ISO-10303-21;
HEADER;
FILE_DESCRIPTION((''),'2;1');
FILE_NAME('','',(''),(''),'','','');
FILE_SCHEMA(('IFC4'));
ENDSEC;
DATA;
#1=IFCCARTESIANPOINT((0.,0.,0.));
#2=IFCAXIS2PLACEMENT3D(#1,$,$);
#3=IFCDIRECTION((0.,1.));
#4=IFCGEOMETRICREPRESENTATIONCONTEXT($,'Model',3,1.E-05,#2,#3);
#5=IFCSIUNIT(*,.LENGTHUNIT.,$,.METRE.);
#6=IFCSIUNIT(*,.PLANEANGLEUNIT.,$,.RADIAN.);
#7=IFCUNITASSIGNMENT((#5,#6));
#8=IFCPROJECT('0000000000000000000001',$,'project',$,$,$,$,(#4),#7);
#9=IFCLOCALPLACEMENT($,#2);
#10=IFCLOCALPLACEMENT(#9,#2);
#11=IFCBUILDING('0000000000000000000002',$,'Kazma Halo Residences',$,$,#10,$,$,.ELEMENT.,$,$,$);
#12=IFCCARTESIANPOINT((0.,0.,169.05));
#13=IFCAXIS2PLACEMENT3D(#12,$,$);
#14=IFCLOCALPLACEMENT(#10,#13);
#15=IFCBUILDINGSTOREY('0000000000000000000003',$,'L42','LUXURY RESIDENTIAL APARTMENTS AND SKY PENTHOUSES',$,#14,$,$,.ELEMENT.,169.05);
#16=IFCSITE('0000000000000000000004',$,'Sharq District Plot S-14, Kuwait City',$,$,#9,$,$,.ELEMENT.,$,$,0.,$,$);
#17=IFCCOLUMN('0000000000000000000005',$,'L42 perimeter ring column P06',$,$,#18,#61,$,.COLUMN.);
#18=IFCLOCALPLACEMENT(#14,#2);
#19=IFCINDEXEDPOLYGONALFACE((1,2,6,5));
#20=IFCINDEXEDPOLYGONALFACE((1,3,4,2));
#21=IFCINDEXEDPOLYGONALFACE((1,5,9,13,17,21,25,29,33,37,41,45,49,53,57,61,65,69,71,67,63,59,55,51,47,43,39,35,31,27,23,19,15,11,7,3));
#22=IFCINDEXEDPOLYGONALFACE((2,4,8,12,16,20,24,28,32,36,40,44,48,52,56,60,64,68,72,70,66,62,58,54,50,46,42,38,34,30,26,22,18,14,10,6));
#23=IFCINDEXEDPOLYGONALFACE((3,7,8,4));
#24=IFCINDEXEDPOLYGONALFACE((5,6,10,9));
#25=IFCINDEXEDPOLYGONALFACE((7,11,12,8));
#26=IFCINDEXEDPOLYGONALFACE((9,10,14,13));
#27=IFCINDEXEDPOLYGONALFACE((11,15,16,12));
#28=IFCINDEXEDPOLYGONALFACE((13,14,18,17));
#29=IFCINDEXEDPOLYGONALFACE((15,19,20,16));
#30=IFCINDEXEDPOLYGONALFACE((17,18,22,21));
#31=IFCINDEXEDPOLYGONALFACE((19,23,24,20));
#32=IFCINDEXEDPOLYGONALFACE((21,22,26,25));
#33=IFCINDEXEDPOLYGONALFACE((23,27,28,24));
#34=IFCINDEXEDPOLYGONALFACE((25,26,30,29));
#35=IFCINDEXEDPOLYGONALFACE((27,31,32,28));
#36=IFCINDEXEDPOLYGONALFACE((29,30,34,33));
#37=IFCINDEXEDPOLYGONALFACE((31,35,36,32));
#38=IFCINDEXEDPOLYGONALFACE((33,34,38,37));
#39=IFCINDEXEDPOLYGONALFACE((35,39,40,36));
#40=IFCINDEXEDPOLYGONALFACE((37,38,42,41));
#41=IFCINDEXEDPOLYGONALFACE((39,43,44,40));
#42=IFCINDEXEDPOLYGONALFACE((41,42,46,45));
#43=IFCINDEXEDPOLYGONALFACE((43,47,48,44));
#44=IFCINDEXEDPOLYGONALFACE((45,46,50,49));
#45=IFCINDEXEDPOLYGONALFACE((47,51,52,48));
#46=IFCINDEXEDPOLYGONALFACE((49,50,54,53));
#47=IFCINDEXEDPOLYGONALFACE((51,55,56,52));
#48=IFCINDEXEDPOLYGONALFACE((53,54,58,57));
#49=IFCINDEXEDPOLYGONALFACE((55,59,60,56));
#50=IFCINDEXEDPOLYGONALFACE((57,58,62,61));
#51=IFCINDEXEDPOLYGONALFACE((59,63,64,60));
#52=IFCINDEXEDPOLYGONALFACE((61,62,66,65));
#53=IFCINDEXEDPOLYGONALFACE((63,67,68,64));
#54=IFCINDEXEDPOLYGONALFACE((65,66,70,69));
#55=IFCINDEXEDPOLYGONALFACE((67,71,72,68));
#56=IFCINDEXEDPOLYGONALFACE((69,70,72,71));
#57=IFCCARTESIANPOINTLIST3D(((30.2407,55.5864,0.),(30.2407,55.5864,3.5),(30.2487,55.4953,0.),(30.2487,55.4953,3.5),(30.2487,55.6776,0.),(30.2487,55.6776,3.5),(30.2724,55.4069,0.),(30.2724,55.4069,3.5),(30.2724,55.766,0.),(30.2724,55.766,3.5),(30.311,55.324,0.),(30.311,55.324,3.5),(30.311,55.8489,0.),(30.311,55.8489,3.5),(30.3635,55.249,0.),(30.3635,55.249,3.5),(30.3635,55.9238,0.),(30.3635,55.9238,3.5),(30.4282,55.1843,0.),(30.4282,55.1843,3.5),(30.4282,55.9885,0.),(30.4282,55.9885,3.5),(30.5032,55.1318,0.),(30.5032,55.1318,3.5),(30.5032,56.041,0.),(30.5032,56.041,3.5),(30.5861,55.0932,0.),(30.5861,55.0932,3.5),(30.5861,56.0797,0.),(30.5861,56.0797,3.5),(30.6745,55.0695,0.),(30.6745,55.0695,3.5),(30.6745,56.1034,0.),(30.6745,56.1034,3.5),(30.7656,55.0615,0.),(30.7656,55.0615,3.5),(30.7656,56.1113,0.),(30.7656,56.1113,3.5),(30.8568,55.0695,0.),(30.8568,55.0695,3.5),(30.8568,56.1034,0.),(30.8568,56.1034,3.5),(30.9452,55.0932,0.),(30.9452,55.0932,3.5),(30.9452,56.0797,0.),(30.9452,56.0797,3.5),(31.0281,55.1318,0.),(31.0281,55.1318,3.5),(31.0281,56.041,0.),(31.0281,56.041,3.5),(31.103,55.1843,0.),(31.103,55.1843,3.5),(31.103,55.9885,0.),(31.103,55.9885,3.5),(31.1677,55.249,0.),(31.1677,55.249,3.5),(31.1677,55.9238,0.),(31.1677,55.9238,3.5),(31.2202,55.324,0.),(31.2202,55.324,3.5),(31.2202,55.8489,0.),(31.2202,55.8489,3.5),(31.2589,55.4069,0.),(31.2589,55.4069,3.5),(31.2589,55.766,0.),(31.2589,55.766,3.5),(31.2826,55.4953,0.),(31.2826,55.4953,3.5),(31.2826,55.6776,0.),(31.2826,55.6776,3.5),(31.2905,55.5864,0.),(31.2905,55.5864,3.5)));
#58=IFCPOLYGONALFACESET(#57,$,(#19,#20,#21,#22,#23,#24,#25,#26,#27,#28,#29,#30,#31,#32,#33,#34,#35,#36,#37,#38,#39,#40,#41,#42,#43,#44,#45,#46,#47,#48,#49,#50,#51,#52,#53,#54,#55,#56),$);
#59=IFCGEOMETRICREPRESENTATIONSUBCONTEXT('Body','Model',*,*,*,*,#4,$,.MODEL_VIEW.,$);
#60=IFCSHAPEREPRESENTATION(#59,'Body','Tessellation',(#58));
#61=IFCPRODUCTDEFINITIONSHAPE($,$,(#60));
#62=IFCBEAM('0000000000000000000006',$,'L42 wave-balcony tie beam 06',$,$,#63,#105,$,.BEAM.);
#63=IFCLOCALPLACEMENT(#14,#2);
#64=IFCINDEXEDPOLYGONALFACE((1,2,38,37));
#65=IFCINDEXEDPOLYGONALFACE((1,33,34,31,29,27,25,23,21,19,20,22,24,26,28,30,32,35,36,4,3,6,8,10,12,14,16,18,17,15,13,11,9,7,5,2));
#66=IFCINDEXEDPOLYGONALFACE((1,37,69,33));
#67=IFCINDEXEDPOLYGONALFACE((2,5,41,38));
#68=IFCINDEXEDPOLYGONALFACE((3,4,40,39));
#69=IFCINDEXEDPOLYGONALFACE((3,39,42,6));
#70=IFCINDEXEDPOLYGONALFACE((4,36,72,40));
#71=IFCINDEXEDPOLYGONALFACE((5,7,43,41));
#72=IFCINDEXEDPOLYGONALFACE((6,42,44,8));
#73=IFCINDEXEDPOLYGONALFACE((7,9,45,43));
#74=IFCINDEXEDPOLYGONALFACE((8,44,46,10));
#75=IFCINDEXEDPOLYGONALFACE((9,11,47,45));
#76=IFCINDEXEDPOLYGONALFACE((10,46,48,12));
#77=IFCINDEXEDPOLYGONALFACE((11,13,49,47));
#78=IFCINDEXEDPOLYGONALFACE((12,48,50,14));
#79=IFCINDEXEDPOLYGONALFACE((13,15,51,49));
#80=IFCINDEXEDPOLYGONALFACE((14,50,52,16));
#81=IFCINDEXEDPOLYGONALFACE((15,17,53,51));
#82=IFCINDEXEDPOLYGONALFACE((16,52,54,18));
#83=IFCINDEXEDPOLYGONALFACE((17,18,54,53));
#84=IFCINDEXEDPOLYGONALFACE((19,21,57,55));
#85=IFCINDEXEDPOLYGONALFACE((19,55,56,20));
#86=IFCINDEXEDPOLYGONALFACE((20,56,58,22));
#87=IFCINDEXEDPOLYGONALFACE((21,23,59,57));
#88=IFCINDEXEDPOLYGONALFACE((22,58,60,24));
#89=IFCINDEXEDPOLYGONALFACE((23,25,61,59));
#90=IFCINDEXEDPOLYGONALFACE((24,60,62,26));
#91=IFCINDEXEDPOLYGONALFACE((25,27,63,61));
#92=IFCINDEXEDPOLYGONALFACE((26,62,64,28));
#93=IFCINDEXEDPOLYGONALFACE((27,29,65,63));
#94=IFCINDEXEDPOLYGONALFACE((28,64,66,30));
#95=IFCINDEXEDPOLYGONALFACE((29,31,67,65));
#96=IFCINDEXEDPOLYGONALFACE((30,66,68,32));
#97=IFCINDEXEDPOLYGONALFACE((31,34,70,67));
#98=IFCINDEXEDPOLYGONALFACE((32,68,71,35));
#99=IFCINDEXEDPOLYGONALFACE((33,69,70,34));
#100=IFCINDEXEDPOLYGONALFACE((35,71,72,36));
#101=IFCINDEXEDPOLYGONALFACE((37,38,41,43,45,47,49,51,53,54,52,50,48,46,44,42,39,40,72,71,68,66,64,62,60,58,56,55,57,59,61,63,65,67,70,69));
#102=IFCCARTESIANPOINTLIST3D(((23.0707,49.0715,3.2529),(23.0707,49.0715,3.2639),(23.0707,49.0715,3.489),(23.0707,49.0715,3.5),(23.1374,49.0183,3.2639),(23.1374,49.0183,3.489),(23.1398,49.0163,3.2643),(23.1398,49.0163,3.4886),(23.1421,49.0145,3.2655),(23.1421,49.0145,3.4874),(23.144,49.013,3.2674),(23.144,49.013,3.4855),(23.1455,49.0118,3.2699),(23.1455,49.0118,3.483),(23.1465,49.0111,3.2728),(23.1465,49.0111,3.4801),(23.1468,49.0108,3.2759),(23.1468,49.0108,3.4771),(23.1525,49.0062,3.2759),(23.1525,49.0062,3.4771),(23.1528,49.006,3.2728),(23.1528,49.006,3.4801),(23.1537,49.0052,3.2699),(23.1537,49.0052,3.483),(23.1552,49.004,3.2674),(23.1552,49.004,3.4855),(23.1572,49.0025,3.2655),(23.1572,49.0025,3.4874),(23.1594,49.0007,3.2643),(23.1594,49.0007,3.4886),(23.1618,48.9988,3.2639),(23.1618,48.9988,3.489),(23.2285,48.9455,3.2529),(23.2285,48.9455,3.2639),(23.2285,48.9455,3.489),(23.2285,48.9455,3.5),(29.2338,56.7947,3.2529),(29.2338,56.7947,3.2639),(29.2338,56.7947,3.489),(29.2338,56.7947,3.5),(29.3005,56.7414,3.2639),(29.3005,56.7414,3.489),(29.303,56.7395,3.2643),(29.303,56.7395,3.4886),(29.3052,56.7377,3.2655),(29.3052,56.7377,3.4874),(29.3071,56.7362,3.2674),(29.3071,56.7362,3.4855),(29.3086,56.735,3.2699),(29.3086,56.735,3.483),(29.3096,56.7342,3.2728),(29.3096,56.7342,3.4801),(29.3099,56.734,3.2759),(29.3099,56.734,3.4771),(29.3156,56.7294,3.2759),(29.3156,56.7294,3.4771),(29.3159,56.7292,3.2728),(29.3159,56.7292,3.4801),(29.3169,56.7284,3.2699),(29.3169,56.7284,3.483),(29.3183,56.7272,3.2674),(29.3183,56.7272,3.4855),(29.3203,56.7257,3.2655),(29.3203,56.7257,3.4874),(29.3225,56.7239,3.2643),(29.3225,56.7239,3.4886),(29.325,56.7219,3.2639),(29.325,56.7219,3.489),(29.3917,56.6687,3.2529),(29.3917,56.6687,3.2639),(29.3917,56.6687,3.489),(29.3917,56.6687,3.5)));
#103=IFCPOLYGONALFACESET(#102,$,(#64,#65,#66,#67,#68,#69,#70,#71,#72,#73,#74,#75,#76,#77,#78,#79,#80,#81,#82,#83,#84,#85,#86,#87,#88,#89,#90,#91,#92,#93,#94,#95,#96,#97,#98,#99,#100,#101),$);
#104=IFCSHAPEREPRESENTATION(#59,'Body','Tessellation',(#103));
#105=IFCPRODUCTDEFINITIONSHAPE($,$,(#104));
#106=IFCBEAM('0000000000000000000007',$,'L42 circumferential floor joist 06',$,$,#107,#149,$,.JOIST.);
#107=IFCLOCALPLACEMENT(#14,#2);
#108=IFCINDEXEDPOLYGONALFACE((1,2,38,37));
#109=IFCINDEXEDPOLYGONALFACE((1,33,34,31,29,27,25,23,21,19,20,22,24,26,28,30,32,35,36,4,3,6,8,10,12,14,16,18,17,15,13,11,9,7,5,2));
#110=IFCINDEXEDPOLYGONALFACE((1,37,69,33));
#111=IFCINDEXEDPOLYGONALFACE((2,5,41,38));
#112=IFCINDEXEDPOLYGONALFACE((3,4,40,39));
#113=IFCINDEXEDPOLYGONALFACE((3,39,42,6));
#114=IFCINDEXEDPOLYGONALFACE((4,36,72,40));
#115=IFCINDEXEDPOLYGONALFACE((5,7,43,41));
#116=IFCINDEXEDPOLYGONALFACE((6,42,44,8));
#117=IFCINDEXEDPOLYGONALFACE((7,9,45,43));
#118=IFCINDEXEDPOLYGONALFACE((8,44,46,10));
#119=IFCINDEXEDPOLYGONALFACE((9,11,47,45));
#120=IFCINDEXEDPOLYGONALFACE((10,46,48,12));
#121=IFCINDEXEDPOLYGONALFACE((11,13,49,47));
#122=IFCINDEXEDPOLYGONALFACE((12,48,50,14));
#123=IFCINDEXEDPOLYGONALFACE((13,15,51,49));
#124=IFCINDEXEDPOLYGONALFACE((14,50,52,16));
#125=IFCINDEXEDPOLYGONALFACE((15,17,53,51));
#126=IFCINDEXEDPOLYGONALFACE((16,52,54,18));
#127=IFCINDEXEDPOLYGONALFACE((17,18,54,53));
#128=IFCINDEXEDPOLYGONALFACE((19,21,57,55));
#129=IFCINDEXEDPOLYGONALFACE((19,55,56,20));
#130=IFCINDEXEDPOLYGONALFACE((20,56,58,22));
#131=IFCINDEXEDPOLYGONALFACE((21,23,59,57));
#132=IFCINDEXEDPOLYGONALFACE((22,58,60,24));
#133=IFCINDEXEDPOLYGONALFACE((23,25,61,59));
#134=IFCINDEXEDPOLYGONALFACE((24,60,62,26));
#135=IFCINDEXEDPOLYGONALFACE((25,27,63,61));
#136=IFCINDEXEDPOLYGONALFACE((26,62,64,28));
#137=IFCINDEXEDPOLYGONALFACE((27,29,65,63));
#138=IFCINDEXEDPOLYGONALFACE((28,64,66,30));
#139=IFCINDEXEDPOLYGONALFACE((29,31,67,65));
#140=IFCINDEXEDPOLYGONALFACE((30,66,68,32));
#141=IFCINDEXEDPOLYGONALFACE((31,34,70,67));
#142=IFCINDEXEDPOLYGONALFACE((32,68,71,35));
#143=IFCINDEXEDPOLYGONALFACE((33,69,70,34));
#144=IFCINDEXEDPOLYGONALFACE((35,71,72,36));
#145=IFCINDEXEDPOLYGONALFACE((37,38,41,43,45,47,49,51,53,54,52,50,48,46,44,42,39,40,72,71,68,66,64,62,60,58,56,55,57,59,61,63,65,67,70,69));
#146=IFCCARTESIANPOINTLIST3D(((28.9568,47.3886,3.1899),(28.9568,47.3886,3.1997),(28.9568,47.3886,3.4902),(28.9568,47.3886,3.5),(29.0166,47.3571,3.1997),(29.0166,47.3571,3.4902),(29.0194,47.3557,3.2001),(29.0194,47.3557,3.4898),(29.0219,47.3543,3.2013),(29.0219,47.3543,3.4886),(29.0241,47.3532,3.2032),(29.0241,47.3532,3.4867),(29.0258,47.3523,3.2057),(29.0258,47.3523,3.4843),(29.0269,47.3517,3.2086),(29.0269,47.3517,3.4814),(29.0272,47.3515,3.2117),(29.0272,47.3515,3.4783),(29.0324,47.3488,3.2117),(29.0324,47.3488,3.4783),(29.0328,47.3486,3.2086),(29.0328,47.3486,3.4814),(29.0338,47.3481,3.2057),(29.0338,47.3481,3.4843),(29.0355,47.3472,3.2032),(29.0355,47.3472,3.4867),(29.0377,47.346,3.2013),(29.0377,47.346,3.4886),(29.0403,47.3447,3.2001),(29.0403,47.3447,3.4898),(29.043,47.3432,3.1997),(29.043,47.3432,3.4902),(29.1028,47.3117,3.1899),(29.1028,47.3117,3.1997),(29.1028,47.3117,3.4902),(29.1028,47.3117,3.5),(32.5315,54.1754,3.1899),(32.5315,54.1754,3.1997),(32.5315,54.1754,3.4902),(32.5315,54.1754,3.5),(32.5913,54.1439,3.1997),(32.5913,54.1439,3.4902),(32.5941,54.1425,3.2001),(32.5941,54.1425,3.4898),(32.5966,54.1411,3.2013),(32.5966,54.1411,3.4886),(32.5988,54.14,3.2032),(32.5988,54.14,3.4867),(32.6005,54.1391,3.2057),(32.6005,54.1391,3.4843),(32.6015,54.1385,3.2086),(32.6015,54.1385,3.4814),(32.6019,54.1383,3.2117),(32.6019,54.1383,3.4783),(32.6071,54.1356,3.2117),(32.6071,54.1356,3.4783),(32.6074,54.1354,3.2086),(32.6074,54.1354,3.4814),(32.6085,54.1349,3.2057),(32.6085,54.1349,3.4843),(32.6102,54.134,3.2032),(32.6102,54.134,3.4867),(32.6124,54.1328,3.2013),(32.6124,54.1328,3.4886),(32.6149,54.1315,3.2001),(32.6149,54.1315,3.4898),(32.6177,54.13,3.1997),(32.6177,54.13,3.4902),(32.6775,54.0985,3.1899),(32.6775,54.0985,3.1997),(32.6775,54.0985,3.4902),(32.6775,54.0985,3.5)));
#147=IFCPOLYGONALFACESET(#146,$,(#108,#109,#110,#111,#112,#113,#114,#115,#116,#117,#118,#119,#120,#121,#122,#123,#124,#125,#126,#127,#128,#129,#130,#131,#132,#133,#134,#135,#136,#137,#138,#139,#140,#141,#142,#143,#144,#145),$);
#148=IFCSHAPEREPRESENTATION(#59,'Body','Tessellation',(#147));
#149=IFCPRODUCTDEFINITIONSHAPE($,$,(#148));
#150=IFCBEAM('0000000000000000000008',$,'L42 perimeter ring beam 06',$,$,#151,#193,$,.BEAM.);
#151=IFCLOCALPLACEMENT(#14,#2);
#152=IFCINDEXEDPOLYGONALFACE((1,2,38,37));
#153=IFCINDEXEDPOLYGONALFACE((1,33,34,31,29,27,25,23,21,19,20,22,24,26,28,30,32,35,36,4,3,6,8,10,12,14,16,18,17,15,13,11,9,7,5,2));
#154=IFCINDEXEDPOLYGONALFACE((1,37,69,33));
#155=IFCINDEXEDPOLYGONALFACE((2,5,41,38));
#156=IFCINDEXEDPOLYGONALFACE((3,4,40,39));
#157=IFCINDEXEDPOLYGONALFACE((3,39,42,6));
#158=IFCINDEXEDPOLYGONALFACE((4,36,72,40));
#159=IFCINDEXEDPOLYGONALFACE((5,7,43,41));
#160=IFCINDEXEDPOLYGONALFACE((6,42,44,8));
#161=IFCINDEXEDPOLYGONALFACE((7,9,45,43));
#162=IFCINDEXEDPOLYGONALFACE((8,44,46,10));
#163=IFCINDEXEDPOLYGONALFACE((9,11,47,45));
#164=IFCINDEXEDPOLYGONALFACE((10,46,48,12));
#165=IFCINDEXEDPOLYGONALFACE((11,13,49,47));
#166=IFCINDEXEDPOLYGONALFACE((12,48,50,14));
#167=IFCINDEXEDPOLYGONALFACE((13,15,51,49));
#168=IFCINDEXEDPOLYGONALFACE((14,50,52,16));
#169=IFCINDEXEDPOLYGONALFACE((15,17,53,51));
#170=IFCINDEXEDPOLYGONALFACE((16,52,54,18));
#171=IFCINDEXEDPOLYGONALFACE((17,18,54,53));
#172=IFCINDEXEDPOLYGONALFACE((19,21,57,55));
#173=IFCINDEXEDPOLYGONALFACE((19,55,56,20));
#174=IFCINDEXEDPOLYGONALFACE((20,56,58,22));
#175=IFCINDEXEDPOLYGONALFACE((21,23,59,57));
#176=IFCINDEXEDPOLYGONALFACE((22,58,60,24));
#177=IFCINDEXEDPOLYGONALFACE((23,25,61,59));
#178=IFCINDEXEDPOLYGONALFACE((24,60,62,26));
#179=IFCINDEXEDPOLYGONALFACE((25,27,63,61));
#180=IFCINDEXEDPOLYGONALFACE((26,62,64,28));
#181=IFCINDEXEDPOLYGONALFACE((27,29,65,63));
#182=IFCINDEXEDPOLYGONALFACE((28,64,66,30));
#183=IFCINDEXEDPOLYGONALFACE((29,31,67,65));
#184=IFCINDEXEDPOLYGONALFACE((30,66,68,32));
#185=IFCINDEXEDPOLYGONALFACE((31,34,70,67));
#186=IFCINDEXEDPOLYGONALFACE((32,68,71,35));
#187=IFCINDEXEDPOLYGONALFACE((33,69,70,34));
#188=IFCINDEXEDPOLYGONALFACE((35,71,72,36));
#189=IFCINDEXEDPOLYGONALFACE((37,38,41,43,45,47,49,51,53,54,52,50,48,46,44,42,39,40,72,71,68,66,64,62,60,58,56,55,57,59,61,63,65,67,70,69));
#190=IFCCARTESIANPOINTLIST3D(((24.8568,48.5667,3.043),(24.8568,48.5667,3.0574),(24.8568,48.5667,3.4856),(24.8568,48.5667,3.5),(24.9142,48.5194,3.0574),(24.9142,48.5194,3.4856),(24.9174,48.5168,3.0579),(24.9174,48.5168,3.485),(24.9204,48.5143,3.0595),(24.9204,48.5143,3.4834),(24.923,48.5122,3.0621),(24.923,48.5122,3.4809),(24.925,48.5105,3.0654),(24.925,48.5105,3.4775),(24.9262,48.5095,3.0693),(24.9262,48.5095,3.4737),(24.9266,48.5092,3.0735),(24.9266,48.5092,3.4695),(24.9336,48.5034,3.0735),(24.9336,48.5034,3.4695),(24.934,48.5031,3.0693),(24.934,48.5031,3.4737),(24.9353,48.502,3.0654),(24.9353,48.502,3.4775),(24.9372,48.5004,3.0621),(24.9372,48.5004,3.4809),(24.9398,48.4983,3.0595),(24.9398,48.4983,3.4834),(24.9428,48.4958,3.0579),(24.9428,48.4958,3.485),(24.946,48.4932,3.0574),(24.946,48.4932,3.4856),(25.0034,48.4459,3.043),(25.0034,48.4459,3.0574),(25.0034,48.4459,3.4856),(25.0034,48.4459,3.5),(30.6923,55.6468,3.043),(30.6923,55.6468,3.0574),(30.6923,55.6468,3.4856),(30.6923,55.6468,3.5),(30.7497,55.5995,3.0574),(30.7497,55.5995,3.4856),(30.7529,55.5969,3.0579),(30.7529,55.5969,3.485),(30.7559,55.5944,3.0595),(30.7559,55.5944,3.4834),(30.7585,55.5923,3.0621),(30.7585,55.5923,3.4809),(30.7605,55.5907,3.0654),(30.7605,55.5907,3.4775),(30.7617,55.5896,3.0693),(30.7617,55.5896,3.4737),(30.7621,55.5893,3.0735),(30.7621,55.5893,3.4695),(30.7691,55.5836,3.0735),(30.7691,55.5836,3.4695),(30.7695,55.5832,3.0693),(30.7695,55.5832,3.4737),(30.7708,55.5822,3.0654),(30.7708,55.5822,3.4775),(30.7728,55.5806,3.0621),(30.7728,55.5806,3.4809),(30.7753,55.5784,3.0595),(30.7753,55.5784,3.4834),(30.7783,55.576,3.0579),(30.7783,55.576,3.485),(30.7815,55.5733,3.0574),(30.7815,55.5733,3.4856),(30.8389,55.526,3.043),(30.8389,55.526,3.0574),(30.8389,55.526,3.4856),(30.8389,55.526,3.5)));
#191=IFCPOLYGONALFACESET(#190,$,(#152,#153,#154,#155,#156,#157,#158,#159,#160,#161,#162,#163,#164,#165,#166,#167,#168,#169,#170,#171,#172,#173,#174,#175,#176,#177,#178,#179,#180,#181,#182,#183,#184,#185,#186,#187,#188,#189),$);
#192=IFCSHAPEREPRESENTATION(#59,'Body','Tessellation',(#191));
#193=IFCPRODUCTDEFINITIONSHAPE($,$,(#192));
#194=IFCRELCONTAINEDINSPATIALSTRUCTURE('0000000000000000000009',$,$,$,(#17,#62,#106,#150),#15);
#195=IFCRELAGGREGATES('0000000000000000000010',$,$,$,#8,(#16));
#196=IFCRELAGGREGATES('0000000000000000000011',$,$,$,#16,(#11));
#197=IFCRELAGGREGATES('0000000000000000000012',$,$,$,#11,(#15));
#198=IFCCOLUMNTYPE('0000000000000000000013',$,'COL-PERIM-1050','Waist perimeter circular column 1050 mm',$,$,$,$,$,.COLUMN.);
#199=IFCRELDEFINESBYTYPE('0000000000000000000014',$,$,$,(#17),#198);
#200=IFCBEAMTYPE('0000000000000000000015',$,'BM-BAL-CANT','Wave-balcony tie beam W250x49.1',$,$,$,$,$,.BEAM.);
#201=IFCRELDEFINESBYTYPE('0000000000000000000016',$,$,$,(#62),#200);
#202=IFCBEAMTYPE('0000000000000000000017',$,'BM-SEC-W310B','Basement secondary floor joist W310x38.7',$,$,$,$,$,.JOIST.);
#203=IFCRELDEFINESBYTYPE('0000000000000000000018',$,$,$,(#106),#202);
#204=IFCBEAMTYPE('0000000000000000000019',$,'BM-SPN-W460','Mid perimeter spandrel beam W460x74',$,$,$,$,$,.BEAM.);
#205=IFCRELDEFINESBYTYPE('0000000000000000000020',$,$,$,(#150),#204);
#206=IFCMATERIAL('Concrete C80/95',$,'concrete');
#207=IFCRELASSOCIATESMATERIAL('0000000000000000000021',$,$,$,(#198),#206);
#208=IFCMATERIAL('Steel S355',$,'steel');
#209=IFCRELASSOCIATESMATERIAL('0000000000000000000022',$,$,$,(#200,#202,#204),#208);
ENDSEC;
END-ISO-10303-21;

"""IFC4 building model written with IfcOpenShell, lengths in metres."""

from ifc_helpers import new_model, si_unit, direction, frame, origin, origin_2d, place, context, subcontext, project, spatial, circle, i_section, extrude, material, material_profile, profile_set, type_object, element, save


model = new_model("IFC4")

# Units and contexts
model_context = context("Model", 3, precision=1e-05, world=origin(), true_north=direction((0.0, 1.0)))
body_context = subcontext(model_context, "Body", "Model", "MODEL_VIEW")
ifc_project = project(units=[si_unit("LENGTHUNIT", "METRE"), si_unit("PLANEANGLEUNIT", "RADIAN")], contexts=[model_context])

# Site, building, storey
site_placement = place(None, origin())
site = spatial("IfcSite", under=ifc_project, at=site_placement, Name="Sharq District Plot S-14, Kuwait City", CompositionType="ELEMENT", RefElevation=0.0)
building_placement = place(site_placement, origin())
building = spatial("IfcBuilding", under=site, at=building_placement, Name="Kazma Halo Residences", CompositionType="ELEMENT")
storey_placement = place(building_placement, frame((0.0, 0.0, 169.05)))
storey = spatial("IfcBuildingStorey", under=building, at=storey_placement, Name="L42", Description="LUXURY RESIDENTIAL APARTMENTS AND SKY PENTHOUSES", CompositionType="ELEMENT", Elevation=169.05)

# Column
ifc_material_1 = material(Name="Concrete C80/95", Category="concrete")
ifc_material_profile_1 = material_profile(ifc_material_1, circle(Radius=0.5249, at=origin_2d()), Name="CIRC1050")
ifc_profile_set_1 = profile_set([ifc_material_profile_1], Name="Concrete C80/95")
column_type = type_object("IfcColumnType", Name="COL-PERIM-1050", Description="Waist perimeter circular column 1050 mm", PredefinedType="COLUMN", material=ifc_profile_set_1)
column_placement = place(storey_placement, frame((30.7656, 55.5864, 0.0), z_axis=(0.0, 0.0, 1.0), x_axis=(1.0, 0.0, 0.0)))
element("IfcColumn", 1, at=column_placement, inside=storey, type_object=column_type, Name="L42 perimeter ring column P06", PredefinedType="COLUMN", context=body_context, shape_type="SweptSolid", body=[
    extrude(circle(Radius=0.5249, at=origin_2d()), origin(), (0.0, 0.0, 1.0), 3.5),
])

# Beams
ifc_material_2 = material(Name="Steel S355", Category="steel")
ifc_material_profile_2 = material_profile(ifc_material_2, i_section(OverallWidth=0.2019, OverallDepth=0.2471, WebThickness=0.0073, FlangeThickness=0.011, FilletRadius=0.012, at=origin_2d()), Name="W250x49.1")
ifc_profile_set_2 = profile_set([ifc_material_profile_2], Name="Steel S355")
beam_type_1 = type_object("IfcBeamType", Name="BM-BAL-CANT", Description="Wave-balcony tie beam W250x49.1", PredefinedType="BEAM", material=ifc_profile_set_2)
beam_1_placement = place(storey_placement, frame((29.3127, 56.7317, 3.3765), z_axis=(-0.623742, -0.78163, 0.0), x_axis=(0.78163, -0.623742, 0.0)))
element("IfcBeam", 2, at=beam_1_placement, inside=storey, type_object=beam_type_1, Name="L42 wave-balcony tie beam 06", PredefinedType="BEAM", context=body_context, shape_type="SweptSolid", body=[
    extrude(i_section(OverallWidth=0.2019, OverallDepth=0.2471, WebThickness=0.0073, FlangeThickness=0.011, FilletRadius=0.012, at=origin_2d()), origin(), (0.0, 0.0, 1.0), 9.8809),
])
ifc_material_profile_3 = material_profile(ifc_material_2, i_section(OverallWidth=0.165, OverallDepth=0.3101, WebThickness=0.0059, FlangeThickness=0.0098, FilletRadius=0.012, at=origin_2d()), Name="W310x38.7")
ifc_profile_set_3 = profile_set([ifc_material_profile_3], Name="Steel S355")
beam_type_2 = type_object("IfcBeamType", Name="BM-SEC-W310B", Description="Basement secondary floor joist W310x38.7", PredefinedType="JOIST", material=ifc_profile_set_3)
beam_2_placement = place(storey_placement, frame((32.6045, 54.137, 3.345), z_axis=(-0.466019, -0.884775, 0.0), x_axis=(0.884775, -0.466019, 0.0)))
element("IfcBeam", 3, at=beam_2_placement, inside=storey, type_object=beam_type_2, Name="L42 circumferential floor joist 06", PredefinedType="JOIST", context=body_context, shape_type="SweptSolid", body=[
    extrude(i_section(OverallWidth=0.165, OverallDepth=0.3101, WebThickness=0.0059, FlangeThickness=0.0098, FilletRadius=0.012, at=origin_2d()), origin(), (0.0, 0.0, 1.0), 7.6707),
])
ifc_material_profile_4 = material_profile(ifc_material_2, i_section(OverallWidth=0.1899, OverallDepth=0.457, WebThickness=0.009, FlangeThickness=0.0144, FilletRadius=0.0161, at=origin_2d()), Name="W460x74")
ifc_profile_set_4 = profile_set([ifc_material_profile_4], Name="Steel S355")
beam_type_3 = type_object("IfcBeamType", Name="BM-SPN-W460", Description="Mid perimeter spandrel beam W460x74", PredefinedType="BEAM", material=ifc_profile_set_4)
beam_3_placement = place(storey_placement, frame((30.7656, 55.5864, 3.2715), z_axis=(-0.636019, -0.771674, 0.0), x_axis=(0.771674, -0.636019, 0.0)))
element("IfcBeam", 4, at=beam_3_placement, inside=storey, type_object=beam_type_3, Name="L42 perimeter ring beam 06", PredefinedType="BEAM", context=body_context, shape_type="SweptSolid", body=[
    extrude(i_section(OverallWidth=0.1899, OverallDepth=0.457, WebThickness=0.009, FlangeThickness=0.0144, FilletRadius=0.0161, at=origin_2d()), origin(), (0.0, 0.0, 1.0), 9.175),
])

save(model, "model.ifc")
